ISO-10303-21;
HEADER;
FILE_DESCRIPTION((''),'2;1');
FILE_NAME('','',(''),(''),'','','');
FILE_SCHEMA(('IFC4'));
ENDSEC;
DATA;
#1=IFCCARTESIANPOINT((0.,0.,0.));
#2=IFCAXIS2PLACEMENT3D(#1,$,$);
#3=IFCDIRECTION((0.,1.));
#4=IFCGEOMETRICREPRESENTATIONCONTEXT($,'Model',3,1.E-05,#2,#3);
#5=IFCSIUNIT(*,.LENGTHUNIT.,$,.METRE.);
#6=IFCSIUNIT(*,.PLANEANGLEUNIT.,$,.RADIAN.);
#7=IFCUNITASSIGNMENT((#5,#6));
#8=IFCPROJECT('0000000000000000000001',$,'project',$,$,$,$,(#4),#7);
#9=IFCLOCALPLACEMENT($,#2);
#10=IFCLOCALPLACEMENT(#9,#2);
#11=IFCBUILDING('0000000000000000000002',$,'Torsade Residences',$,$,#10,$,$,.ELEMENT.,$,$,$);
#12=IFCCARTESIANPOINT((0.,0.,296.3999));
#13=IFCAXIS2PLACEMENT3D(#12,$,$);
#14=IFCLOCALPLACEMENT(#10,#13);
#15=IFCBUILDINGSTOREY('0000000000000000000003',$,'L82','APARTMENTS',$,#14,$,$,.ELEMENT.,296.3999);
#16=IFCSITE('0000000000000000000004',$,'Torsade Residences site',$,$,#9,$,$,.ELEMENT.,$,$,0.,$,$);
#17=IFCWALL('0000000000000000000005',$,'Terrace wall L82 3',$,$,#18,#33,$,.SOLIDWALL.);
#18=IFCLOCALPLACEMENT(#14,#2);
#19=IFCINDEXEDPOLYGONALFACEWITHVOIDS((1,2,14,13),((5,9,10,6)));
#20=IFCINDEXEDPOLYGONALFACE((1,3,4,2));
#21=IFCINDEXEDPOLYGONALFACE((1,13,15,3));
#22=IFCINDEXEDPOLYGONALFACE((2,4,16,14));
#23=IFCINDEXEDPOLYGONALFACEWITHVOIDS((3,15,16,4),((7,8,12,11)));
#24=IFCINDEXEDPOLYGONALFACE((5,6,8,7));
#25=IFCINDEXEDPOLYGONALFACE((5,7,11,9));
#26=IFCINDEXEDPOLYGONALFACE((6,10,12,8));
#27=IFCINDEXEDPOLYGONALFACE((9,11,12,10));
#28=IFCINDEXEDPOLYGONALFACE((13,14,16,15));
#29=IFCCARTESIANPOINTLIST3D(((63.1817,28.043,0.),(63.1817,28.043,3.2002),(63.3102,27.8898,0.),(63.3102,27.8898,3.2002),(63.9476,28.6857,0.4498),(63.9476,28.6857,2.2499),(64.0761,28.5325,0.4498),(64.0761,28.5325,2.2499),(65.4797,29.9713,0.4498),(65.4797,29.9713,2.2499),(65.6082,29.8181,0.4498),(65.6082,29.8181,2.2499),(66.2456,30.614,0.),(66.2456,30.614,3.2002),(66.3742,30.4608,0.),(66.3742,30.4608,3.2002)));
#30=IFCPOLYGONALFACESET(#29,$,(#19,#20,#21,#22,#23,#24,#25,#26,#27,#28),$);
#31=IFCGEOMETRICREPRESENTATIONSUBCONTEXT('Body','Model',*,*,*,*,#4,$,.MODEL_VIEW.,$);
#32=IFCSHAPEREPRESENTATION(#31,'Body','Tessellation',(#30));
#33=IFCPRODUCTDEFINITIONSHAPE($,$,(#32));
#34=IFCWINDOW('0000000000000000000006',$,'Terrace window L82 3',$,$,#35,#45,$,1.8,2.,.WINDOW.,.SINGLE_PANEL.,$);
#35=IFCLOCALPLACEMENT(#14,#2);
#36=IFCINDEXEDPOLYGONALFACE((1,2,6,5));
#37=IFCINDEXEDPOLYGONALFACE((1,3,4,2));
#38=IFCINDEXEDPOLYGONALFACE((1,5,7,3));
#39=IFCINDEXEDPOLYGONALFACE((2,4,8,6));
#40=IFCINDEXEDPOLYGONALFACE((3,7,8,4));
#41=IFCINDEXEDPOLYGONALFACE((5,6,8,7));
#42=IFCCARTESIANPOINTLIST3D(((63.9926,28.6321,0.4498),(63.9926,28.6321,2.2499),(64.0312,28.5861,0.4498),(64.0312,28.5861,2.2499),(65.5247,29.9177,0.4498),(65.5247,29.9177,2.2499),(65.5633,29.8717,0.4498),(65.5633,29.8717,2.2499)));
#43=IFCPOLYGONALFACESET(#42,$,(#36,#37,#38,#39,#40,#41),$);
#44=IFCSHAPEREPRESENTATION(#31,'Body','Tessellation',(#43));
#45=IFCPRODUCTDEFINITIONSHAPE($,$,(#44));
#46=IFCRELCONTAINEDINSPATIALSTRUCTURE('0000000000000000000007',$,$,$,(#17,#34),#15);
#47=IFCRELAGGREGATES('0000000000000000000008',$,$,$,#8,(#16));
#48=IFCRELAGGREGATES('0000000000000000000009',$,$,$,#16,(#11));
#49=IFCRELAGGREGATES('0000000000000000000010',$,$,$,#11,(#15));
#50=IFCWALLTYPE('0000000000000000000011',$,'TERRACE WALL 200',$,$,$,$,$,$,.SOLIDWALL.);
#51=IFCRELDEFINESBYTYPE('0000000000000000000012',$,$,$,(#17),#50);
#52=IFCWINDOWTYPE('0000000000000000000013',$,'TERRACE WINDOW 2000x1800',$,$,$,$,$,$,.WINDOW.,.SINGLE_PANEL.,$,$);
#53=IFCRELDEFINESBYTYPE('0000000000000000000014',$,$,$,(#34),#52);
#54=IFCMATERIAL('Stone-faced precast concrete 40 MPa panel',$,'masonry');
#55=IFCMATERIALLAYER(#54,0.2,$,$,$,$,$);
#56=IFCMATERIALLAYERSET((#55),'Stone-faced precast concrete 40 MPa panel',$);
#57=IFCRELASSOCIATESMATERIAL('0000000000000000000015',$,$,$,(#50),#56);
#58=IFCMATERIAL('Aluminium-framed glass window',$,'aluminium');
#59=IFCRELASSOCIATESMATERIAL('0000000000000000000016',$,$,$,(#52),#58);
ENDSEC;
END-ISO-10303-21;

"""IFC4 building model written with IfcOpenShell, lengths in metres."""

from ifc_helpers import new_model, si_unit, direction, frame, frame_2d, origin, place, context, subcontext, project, spatial, rectangle, extrude, material, layer, layer_set, type_object, element, fill, save


model = new_model("IFC4")

# Units and contexts
model_context = context("Model", 3, precision=1e-05, world=origin(), true_north=direction((0.0, 1.0)))
body_context = subcontext(model_context, "Body", "Model", "MODEL_VIEW")
ifc_project = project(units=[si_unit("LENGTHUNIT", "METRE"), si_unit("PLANEANGLEUNIT", "RADIAN")], contexts=[model_context])

# Site, building, storey
site_placement = place(None, origin())
site = spatial("IfcSite", under=ifc_project, at=site_placement, Name="Torsade Residences site", CompositionType="ELEMENT", RefElevation=0.0)
building_placement = place(site_placement, origin())
building = spatial("IfcBuilding", under=site, at=building_placement, Name="Torsade Residences", CompositionType="ELEMENT")
storey_placement = place(building_placement, frame((0.0, 0.0, 296.3999)))
storey = spatial("IfcBuildingStorey", under=building, at=storey_placement, Name="L82", Description="APARTMENTS", CompositionType="ELEMENT", Elevation=296.3999)

# Wall, opening, window
ifc_material_1 = material(Name="Stone-faced precast concrete 40 MPa panel", Category="masonry")
ifc_layer_1 = layer(ifc_material_1, 0.2)
ifc_layer_set_1 = layer_set([ifc_layer_1], Name="Stone-faced precast concrete 40 MPa panel")
wall_type_1 = type_object("IfcWallType", Name="TERRACE WALL 200", PredefinedType="SOLIDWALL", material=ifc_layer_set_1)
wall_1_placement = place(storey_placement, frame((63.2458, 27.9663, 0.0), z_axis=(0.0, 0.0, 1.0), x_axis=(0.766035, 0.642798, 0.0)))
wall_1 = element("IfcWall", 1, at=wall_1_placement, inside=storey, type_object=wall_type_1, Name="Terrace wall L82 3", PredefinedType="SOLIDWALL", context=body_context, shape_type="SweptSolid", body=[
    extrude(rectangle(XDim=3.9998, YDim=0.2, at=frame_2d((2.0, 0.0))), origin(), (0.0, 0.0, 1.0), 3.2002),
])
opening_1_placement = place(wall_1_placement, frame((1.0, 0.0, 0.45)))
opening_1 = element("IfcOpeningElement", 2, at=opening_1_placement, cuts=wall_1, PredefinedType="OPENING", context=body_context, shape_type="SweptSolid", body=[
    extrude(rectangle(XDim=2.0, YDim=1.8, at=frame_2d((1.0, 0.8999))), frame((0.0, 0.1099, 0.0), z_axis=(0.0, -1.0, 0.0), x_axis=(1.0, 0.0, 0.0)), (0.0, 0.0, 1.0), 0.22),
])
ifc_material_2 = material(Name="Aluminium-framed glass window", Category="aluminium")
window_type = type_object("IfcWindowType", Name="TERRACE WINDOW 2000x1800", PartitioningType="SINGLE_PANEL", PredefinedType="WINDOW", material=ifc_material_2)
window_placement = place(opening_1_placement, origin())
window = element("IfcWindow", 3, at=window_placement, inside=storey, type_object=window_type, Name="Terrace window L82 3", OverallHeight=1.8, OverallWidth=2.0, PartitioningType="SINGLE_PANEL", PredefinedType="WINDOW", context=body_context, shape_type="SweptSolid", body=[
    extrude(rectangle(XDim=2.0, YDim=1.8, at=frame_2d((1.0, 0.8999))), frame((0.0, 0.03, 0.0), z_axis=(0.0, -1.0, 0.0), x_axis=(1.0, 0.0, 0.0)), (0.0, 0.0, 1.0), 0.0601),
])
fill(opening_1, window)

save(model, "model.ifc")
